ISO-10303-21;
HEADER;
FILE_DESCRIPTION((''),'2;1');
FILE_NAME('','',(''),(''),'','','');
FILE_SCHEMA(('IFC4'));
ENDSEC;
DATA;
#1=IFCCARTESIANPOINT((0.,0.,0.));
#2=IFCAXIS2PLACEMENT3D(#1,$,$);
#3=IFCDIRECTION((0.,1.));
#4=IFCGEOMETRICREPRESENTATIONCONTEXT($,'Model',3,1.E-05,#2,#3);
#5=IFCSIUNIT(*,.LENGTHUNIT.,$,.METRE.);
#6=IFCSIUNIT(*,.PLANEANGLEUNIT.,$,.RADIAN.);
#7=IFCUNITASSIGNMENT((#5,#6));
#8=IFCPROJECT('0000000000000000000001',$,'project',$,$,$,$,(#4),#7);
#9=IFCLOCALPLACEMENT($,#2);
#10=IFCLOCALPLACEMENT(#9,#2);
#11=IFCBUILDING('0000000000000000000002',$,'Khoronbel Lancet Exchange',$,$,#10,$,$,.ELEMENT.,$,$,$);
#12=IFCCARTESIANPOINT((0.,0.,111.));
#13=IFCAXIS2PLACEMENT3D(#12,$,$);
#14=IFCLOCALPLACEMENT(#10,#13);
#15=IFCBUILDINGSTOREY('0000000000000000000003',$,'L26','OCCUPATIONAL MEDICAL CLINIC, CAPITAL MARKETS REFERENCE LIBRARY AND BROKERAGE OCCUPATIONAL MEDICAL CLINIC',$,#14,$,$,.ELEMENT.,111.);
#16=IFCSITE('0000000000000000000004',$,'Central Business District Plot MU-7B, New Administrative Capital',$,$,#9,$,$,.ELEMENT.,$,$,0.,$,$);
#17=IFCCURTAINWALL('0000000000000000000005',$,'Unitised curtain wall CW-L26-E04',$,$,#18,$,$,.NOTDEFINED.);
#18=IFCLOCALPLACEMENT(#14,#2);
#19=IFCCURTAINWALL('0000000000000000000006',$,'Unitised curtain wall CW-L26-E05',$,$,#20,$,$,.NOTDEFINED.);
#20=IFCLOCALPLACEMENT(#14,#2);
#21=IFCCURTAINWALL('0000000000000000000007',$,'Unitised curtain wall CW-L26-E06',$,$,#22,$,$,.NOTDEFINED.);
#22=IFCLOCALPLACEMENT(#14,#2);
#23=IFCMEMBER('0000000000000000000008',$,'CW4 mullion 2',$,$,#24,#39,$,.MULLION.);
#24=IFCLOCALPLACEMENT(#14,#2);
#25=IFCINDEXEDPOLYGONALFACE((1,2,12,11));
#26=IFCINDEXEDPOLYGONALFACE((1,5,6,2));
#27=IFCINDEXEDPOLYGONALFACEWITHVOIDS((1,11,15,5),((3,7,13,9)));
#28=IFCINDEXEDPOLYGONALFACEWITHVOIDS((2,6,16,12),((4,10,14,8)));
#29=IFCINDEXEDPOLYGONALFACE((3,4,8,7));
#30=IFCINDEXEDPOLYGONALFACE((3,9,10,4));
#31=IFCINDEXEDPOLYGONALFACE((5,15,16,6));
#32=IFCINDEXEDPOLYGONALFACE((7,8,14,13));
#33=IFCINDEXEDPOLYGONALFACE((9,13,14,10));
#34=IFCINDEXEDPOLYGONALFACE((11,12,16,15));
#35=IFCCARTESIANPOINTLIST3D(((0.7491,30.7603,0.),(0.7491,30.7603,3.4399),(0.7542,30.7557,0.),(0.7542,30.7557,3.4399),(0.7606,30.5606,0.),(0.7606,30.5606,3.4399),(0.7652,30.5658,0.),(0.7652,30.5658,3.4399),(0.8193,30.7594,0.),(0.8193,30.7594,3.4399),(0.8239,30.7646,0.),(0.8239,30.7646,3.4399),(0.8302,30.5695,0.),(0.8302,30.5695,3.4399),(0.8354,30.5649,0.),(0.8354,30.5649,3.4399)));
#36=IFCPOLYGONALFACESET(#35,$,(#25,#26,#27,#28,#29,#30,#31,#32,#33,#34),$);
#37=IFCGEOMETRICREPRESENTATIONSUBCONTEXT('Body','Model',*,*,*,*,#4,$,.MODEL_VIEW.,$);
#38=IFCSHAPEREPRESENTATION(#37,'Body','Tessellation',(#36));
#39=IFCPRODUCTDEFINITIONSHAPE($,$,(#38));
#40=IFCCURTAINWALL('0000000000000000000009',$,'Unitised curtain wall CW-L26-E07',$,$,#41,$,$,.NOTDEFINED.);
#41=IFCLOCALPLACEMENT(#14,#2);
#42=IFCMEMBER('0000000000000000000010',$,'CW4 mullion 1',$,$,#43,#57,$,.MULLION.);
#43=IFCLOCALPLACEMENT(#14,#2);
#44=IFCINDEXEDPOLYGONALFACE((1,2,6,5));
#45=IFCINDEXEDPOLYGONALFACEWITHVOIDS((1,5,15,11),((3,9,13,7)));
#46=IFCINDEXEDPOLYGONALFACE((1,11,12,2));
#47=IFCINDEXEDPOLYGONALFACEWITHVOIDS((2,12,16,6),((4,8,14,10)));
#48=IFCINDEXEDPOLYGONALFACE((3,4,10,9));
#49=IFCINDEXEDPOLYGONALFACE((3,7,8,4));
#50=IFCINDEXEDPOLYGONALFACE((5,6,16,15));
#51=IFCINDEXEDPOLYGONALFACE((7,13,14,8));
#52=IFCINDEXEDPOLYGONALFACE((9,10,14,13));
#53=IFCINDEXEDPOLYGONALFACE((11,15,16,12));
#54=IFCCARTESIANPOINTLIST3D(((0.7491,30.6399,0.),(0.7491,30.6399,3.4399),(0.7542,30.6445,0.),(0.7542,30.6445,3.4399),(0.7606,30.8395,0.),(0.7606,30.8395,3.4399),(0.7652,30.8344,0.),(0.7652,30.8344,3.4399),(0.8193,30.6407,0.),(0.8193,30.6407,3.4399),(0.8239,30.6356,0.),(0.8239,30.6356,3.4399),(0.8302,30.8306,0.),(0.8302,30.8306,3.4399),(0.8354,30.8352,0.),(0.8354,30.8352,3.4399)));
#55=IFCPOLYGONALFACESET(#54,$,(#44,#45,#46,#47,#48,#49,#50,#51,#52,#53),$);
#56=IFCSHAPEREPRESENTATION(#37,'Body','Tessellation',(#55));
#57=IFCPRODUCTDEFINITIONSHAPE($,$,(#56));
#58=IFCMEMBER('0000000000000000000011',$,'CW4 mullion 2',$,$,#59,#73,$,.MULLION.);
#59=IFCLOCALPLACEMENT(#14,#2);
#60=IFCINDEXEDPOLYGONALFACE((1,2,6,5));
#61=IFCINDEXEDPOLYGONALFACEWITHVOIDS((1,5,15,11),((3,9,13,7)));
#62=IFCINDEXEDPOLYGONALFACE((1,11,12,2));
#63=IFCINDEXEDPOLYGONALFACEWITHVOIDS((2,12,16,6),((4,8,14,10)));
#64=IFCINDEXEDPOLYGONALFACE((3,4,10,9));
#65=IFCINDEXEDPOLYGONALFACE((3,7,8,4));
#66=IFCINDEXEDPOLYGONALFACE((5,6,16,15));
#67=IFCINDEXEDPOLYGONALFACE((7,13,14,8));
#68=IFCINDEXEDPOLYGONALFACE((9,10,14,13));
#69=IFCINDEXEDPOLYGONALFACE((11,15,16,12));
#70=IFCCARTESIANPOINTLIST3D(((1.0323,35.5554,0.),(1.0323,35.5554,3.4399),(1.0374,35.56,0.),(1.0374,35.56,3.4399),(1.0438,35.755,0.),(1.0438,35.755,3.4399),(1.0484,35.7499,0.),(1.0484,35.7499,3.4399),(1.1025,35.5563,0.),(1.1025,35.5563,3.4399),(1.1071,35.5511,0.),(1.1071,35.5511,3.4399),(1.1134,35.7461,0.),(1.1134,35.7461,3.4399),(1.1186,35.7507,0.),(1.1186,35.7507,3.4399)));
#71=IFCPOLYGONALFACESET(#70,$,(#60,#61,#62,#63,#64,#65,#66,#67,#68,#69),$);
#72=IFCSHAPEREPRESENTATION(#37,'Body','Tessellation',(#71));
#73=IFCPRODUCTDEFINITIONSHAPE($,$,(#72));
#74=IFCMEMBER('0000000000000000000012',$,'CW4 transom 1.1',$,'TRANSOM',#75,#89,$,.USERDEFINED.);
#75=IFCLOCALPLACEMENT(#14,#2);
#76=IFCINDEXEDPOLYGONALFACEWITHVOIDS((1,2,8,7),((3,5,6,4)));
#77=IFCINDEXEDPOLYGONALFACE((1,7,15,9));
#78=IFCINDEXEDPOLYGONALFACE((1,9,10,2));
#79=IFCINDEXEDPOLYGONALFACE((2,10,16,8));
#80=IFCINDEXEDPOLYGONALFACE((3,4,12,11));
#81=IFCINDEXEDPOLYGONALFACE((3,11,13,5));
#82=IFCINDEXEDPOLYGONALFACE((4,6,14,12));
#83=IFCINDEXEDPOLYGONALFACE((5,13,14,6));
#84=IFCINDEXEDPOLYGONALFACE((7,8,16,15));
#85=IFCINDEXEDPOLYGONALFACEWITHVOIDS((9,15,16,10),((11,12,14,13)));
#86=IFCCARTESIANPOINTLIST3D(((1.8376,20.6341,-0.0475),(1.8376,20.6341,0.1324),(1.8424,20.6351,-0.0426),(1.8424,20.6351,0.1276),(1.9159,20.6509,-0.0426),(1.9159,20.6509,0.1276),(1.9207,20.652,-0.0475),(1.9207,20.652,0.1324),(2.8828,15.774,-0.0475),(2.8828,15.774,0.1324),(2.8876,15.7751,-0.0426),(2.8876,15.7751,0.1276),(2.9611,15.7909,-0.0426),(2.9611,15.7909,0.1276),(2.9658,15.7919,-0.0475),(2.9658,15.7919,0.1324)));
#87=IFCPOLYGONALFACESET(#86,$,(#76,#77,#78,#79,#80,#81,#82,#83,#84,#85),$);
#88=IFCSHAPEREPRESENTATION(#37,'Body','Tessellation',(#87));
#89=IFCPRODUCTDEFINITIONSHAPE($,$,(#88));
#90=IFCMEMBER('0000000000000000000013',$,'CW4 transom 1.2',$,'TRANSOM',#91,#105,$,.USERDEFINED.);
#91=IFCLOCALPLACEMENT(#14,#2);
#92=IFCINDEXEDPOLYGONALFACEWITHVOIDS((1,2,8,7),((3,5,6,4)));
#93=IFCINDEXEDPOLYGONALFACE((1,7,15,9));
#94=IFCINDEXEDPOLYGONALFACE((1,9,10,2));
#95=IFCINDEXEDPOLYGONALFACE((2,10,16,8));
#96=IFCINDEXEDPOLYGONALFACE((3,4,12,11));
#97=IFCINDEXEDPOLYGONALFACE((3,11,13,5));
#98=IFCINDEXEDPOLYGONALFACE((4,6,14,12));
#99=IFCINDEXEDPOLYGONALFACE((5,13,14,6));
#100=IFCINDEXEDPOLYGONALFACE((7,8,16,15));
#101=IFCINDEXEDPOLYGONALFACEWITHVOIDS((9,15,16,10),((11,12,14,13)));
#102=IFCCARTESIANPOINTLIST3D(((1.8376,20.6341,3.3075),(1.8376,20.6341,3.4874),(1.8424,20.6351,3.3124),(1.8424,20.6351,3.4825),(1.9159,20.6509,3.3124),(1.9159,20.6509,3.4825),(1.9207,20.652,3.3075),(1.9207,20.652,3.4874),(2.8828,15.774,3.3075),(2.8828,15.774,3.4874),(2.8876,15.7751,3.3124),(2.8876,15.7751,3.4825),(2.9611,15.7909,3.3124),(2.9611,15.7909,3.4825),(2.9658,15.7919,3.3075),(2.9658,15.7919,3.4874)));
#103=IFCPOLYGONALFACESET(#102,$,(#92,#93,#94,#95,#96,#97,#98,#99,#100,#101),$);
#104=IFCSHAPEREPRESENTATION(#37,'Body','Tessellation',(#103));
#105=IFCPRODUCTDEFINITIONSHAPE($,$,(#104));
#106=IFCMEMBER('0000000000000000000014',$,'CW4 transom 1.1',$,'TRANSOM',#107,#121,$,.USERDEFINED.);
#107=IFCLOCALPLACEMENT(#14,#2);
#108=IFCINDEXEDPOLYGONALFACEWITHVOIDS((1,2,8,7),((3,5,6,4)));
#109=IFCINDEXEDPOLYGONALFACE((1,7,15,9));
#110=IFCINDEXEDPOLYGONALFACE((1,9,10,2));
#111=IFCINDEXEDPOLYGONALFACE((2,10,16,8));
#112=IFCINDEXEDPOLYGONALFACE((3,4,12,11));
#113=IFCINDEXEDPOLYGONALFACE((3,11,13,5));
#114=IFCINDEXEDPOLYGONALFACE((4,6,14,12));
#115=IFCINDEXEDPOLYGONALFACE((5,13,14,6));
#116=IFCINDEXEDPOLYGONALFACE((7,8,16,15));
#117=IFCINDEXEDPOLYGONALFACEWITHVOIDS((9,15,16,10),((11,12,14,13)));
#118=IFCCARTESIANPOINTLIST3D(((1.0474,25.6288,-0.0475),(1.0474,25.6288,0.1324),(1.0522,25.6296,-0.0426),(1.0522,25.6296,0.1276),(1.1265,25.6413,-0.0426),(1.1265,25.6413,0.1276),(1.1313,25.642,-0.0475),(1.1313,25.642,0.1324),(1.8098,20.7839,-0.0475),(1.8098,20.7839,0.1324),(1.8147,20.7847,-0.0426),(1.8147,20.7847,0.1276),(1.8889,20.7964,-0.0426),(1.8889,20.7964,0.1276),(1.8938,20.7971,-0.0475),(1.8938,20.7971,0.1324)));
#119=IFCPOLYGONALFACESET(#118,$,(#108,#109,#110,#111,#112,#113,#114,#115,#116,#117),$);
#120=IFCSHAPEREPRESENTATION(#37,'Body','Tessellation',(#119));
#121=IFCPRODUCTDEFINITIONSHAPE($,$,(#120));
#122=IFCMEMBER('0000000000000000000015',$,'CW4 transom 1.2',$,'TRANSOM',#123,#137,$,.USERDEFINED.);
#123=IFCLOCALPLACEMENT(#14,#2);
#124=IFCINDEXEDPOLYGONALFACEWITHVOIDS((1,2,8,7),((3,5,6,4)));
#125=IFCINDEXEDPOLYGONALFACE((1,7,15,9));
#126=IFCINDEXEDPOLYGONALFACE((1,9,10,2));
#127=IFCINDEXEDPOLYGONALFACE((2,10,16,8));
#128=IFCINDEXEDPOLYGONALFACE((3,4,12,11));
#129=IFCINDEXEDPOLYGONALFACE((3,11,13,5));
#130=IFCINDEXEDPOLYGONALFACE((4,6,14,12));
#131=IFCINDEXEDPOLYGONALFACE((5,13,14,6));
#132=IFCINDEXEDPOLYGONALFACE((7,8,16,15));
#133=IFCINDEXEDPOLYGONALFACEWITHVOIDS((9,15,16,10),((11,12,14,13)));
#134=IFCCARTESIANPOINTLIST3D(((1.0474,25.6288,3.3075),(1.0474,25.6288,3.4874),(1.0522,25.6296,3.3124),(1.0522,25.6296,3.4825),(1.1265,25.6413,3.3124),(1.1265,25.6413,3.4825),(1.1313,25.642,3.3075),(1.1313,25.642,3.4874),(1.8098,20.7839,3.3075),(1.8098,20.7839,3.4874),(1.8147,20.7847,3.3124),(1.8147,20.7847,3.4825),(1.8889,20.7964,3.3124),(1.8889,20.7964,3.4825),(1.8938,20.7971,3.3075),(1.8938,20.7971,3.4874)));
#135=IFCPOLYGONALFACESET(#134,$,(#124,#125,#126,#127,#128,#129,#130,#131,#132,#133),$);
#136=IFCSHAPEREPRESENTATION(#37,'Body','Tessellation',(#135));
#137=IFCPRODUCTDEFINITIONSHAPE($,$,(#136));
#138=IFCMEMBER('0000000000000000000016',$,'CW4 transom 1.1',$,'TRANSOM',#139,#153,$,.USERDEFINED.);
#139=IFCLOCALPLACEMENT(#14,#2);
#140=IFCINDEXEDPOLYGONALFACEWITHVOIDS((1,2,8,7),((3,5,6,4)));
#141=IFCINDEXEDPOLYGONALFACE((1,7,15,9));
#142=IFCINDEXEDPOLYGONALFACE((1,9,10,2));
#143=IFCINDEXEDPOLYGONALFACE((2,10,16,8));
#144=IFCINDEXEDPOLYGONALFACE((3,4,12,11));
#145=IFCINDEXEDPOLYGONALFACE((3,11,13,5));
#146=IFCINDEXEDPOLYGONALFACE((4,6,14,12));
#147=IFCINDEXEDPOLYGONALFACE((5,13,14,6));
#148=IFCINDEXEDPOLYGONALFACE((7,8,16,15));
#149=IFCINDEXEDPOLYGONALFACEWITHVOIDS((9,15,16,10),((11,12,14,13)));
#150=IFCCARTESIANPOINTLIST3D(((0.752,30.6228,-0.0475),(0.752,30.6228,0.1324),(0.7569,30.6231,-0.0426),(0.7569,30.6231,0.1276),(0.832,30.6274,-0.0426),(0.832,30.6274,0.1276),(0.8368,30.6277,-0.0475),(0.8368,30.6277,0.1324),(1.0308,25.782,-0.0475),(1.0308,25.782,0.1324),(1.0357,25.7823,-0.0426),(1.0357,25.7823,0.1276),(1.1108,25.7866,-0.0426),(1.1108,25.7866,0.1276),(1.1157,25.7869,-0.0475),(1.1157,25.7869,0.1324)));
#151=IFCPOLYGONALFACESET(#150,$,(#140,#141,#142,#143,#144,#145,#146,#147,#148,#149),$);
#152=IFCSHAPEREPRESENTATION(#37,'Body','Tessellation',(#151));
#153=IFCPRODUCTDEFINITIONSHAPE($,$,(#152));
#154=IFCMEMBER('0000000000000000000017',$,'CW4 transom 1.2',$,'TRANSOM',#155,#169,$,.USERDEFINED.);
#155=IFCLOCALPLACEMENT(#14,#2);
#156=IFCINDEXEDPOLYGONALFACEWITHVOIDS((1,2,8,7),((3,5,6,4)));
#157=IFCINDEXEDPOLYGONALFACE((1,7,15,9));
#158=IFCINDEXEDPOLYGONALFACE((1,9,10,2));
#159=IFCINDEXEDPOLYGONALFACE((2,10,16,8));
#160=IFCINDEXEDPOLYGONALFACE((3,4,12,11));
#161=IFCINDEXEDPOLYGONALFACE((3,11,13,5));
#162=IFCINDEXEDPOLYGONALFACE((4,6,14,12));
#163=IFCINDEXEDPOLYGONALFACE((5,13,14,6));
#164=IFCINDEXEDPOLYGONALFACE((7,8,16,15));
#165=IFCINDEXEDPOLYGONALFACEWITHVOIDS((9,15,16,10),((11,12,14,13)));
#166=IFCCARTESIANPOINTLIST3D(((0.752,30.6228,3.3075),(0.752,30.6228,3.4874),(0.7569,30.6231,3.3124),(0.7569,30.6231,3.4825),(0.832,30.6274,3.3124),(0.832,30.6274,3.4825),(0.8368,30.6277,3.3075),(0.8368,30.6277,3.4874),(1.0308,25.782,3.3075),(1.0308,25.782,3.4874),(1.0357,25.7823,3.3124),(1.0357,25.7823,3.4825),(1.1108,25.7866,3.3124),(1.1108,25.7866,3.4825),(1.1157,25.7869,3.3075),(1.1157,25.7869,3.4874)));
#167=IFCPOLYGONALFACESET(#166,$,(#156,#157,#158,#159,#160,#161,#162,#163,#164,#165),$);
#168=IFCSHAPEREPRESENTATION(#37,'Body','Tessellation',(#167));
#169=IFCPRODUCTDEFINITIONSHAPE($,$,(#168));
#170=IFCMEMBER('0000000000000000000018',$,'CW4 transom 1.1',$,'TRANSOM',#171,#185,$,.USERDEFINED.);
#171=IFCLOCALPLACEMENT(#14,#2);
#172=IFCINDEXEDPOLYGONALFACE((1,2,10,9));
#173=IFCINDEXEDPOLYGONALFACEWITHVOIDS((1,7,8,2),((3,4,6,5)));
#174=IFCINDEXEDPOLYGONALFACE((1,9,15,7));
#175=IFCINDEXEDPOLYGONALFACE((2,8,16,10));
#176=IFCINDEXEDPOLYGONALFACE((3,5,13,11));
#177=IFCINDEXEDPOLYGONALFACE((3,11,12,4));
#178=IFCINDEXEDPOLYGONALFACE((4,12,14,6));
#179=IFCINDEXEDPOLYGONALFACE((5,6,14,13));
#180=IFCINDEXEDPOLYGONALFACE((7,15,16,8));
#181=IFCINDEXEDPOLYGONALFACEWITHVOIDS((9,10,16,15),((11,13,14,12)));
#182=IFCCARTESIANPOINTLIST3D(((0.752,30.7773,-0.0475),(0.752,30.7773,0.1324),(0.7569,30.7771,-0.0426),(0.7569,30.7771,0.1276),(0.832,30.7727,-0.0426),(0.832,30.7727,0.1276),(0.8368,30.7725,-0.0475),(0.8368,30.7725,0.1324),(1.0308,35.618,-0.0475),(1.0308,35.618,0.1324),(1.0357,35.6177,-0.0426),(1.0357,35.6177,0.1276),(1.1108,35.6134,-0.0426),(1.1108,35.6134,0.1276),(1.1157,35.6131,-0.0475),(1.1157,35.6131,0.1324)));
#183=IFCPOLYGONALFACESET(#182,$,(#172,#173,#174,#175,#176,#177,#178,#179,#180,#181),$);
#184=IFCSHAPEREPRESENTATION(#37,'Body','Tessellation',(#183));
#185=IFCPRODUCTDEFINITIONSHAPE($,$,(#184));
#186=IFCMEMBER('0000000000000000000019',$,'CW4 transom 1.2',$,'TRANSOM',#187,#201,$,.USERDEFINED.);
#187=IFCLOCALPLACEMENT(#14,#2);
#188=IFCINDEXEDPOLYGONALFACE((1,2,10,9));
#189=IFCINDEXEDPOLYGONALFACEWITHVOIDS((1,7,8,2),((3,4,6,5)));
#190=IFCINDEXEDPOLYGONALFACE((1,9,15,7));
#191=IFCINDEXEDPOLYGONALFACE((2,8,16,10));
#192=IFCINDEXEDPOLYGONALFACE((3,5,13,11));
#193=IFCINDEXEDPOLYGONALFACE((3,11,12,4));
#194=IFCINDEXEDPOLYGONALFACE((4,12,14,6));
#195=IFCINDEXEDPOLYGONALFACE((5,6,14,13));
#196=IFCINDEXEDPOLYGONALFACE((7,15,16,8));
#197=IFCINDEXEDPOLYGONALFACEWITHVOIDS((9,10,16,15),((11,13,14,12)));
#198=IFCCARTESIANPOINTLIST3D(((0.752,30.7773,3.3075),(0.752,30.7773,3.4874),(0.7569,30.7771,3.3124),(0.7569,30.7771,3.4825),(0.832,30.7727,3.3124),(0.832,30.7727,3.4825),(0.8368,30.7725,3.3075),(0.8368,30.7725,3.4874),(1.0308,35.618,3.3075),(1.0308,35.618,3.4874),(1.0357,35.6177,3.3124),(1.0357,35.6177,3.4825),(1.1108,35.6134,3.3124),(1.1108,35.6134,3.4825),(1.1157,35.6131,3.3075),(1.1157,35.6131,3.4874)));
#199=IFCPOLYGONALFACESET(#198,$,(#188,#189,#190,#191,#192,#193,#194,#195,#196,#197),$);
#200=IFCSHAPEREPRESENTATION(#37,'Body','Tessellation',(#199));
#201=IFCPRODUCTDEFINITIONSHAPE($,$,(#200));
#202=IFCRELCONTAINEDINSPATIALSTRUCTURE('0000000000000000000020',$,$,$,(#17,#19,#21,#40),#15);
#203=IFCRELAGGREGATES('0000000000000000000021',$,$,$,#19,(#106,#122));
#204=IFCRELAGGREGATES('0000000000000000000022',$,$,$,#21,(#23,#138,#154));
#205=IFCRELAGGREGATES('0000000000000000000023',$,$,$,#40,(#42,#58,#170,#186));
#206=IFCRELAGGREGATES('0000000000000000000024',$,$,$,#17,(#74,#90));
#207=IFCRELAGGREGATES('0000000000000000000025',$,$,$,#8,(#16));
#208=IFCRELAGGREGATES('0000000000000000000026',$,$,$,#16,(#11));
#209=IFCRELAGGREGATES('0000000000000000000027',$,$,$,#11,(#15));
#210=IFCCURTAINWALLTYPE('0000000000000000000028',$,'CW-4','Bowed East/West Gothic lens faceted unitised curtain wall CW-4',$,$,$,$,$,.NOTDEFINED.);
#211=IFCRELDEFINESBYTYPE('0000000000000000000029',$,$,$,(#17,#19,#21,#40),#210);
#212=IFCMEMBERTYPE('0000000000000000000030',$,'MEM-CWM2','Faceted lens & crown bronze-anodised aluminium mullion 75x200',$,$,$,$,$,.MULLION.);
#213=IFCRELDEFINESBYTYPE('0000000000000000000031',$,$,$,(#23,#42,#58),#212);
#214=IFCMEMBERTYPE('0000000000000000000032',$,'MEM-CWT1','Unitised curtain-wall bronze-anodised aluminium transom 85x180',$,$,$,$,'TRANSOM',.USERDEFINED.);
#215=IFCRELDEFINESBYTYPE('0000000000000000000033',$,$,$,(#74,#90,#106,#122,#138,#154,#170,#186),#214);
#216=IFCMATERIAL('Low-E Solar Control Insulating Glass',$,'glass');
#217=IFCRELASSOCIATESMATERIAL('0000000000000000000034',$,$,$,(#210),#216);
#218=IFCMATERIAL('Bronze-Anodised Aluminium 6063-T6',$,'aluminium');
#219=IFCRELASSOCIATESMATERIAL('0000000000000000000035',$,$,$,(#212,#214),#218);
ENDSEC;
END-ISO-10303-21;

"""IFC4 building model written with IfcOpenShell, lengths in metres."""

from ifc_helpers import new_model, si_unit, direction, frame, origin, origin_2d, place, context, subcontext, project, spatial, hollow_rectangle, extrude, material, material_profile, profile_set, type_object, element, aggregate, save


model = new_model("IFC4")

# Units and contexts
model_context = context("Model", 3, precision=1e-05, world=origin(), true_north=direction((0.0, 1.0)))
body_context = subcontext(model_context, "Body", "Model", "MODEL_VIEW")
ifc_project = project(units=[si_unit("LENGTHUNIT", "METRE"), si_unit("PLANEANGLEUNIT", "RADIAN")], contexts=[model_context])

# Site, building, storey
site_placement = place(None, origin())
site = spatial("IfcSite", under=ifc_project, at=site_placement, Name="Central Business District Plot MU-7B, New Administrative Capital", CompositionType="ELEMENT", RefElevation=0.0)
building_placement = place(site_placement, origin())
building = spatial("IfcBuilding", under=site, at=building_placement, Name="Khoronbel Lancet Exchange", CompositionType="ELEMENT")
storey_placement = place(building_placement, frame((0.0, 0.0, 111.0)))
storey = spatial("IfcBuildingStorey", under=building, at=storey_placement, Name="L26", Description="OCCUPATIONAL MEDICAL CLINIC, CAPITAL MARKETS REFERENCE LIBRARY AND BROKERAGE OCCUPATIONAL MEDICAL CLINIC", CompositionType="ELEMENT", Elevation=111.0)

# Curtain walls, members
ifc_material_1 = material(Name="Low-E Solar Control Insulating Glass", Category="glass")
curtain_wall_type = type_object("IfcCurtainWallType", Name="CW-4", Description="Bowed East/West Gothic lens faceted unitised curtain wall CW-4", PredefinedType="NOTDEFINED", material=ifc_material_1)
curtain_wall_1_placement = place(storey_placement, origin())
curtain_wall_1 = element("IfcCurtainWall", 1, at=curtain_wall_1_placement, inside=storey, type_object=curtain_wall_type, Name="Unitised curtain wall CW-L26-E04", PredefinedType="NOTDEFINED")
ifc_material_2 = material(Name="Bronze-Anodised Aluminium 6063-T6", Category="aluminium")
ifc_material_profile_1 = material_profile(ifc_material_2, hollow_rectangle(XDim=0.075, YDim=0.2, WallThickness=0.0049, at=origin_2d()), Name="ALU MULLION 75x200")
ifc_profile_set_1 = profile_set([ifc_material_profile_1], Name="Bronze-Anodised Aluminium 6063-T6")
member_type_1 = type_object("IfcMemberType", Name="MEM-CWM2", Description="Faceted lens & crown bronze-anodised aluminium mullion 75x200", PredefinedType="MULLION", material=ifc_profile_set_1)
curtain_wall_2_placement = place(storey_placement, origin())
curtain_wall_2 = element("IfcCurtainWall", 2, at=curtain_wall_2_placement, inside=storey, type_object=curtain_wall_type, Name="Unitised curtain wall CW-L26-E05", PredefinedType="NOTDEFINED")
curtain_wall_3_placement = place(storey_placement, origin())
curtain_wall_3 = element("IfcCurtainWall", 3, at=curtain_wall_3_placement, inside=storey, type_object=curtain_wall_type, Name="Unitised curtain wall CW-L26-E06", PredefinedType="NOTDEFINED")
member_1_placement = place(storey_placement, frame((0.7922, 30.6626, 0.0), z_axis=(0.0, 0.0, 1.0), x_axis=(-0.998345, -0.057515, 0.0)))
member_1 = element("IfcMember", 4, at=member_1_placement, type_object=member_type_1, Name="CW4 mullion 2", PredefinedType="MULLION", context=body_context, shape_type="SweptSolid", body=[
    extrude(hollow_rectangle(XDim=0.075, YDim=0.2, WallThickness=0.0049, at=origin_2d()), origin(), (0.0, 0.0, 1.0), 3.4399),
])
curtain_wall_4_placement = place(storey_placement, origin())
curtain_wall_4 = element("IfcCurtainWall", 5, at=curtain_wall_4_placement, inside=storey, type_object=curtain_wall_type, Name="Unitised curtain wall CW-L26-E07", PredefinedType="NOTDEFINED")
member_2_placement = place(storey_placement, frame((0.7922, 30.7375, 0.0), z_axis=(0.0, 0.0, 1.0), x_axis=(-0.998345, 0.057515, 0.0)))
member_2 = element("IfcMember", 6, at=member_2_placement, type_object=member_type_1, Name="CW4 mullion 1", PredefinedType="MULLION", context=body_context, shape_type="SweptSolid", body=[
    extrude(hollow_rectangle(XDim=0.075, YDim=0.2, WallThickness=0.0049, at=origin_2d()), origin(), (0.0, 0.0, 1.0), 3.4399),
])
member_3_placement = place(storey_placement, frame((1.0754, 35.6531, 0.0), z_axis=(0.0, 0.0, 1.0), x_axis=(-0.998345, 0.057515, 0.0)))
member_3 = element("IfcMember", 7, at=member_3_placement, type_object=member_type_1, Name="CW4 mullion 2", PredefinedType="MULLION", context=body_context, shape_type="SweptSolid", body=[
    extrude(hollow_rectangle(XDim=0.075, YDim=0.2, WallThickness=0.0049, at=origin_2d()), origin(), (0.0, 0.0, 1.0), 3.4399),
])

# Members
ifc_material_profile_2 = material_profile(ifc_material_2, hollow_rectangle(XDim=0.085, YDim=0.1799, WallThickness=0.0049, at=origin_2d()), Name="ALU TRANSOM 85x180")
ifc_profile_set_2 = profile_set([ifc_material_profile_2], Name="Bronze-Anodised Aluminium 6063-T6")
member_type_2 = type_object("IfcMemberType", Name="MEM-CWT1", Description="Unitised curtain-wall bronze-anodised aluminium transom 85x180", ElementType="TRANSOM", PredefinedType="USERDEFINED", material=ifc_profile_set_2)
member_4_placement = place(storey_placement, frame((2.9243, 15.783, 0.0425), z_axis=(-0.210243, 0.977649, 0.0), x_axis=(-0.977649, -0.210243, 0.0)))
member_4 = element("IfcMember", 8, at=member_4_placement, type_object=member_type_2, Name="CW4 transom 1.1", ObjectType="TRANSOM", PredefinedType="USERDEFINED", context=body_context, shape_type="SweptSolid", body=[
    extrude(hollow_rectangle(XDim=0.085, YDim=0.1799, WallThickness=0.0049, at=origin_2d()), origin(), (0.0, 0.0, 1.0), 4.9712),
])
member_5_placement = place(storey_placement, frame((2.9243, 15.783, 3.3975), z_axis=(-0.210243, 0.977649, 0.0), x_axis=(-0.977649, -0.210243, 0.0)))
member_5 = element("IfcMember", 9, at=member_5_placement, type_object=member_type_2, Name="CW4 transom 1.2", ObjectType="TRANSOM", PredefinedType="USERDEFINED", context=body_context, shape_type="SweptSolid", body=[
    extrude(hollow_rectangle(XDim=0.085, YDim=0.1799, WallThickness=0.0049, at=origin_2d()), origin(), (0.0, 0.0, 1.0), 4.9712),
])
member_6_placement = place(storey_placement, frame((1.8518, 20.7905, 0.0425), z_axis=(-0.155456, 0.987843, 0.0), x_axis=(-0.987843, -0.155456, 0.0)))
member_6 = element("IfcMember", 10, at=member_6_placement, type_object=member_type_2, Name="CW4 transom 1.1", ObjectType="TRANSOM", PredefinedType="USERDEFINED", context=body_context, shape_type="SweptSolid", body=[
    extrude(hollow_rectangle(XDim=0.085, YDim=0.1799, WallThickness=0.0049, at=origin_2d()), origin(), (0.0, 0.0, 1.0), 4.9045),
])
member_7_placement = place(storey_placement, frame((1.8518, 20.7905, 3.3975), z_axis=(-0.155456, 0.987843, 0.0), x_axis=(-0.987843, -0.155456, 0.0)))
member_7 = element("IfcMember", 11, at=member_7_placement, type_object=member_type_2, Name="CW4 transom 1.2", ObjectType="TRANSOM", PredefinedType="USERDEFINED", context=body_context, shape_type="SweptSolid", body=[
    extrude(hollow_rectangle(XDim=0.085, YDim=0.1799, WallThickness=0.0049, at=origin_2d()), origin(), (0.0, 0.0, 1.0), 4.9045),
])
member_8_placement = place(storey_placement, frame((1.0732, 25.7844, 0.0425), z_axis=(-0.0575, 0.998346, 0.0), x_axis=(-0.998346, -0.0575, 0.0)))
member_8 = element("IfcMember", 12, at=member_8_placement, type_object=member_type_2, Name="CW4 transom 1.1", ObjectType="TRANSOM", PredefinedType="USERDEFINED", context=body_context, shape_type="SweptSolid", body=[
    extrude(hollow_rectangle(XDim=0.085, YDim=0.1799, WallThickness=0.0049, at=origin_2d()), origin(), (0.0, 0.0, 1.0), 4.8489),
])
member_9_placement = place(storey_placement, frame((1.0732, 25.7844, 3.3975), z_axis=(-0.0575, 0.998346, 0.0), x_axis=(-0.998346, -0.0575, 0.0)))
member_9 = element("IfcMember", 13, at=member_9_placement, type_object=member_type_2, Name="CW4 transom 1.2", ObjectType="TRANSOM", PredefinedType="USERDEFINED", context=body_context, shape_type="SweptSolid", body=[
    extrude(hollow_rectangle(XDim=0.085, YDim=0.1799, WallThickness=0.0049, at=origin_2d()), origin(), (0.0, 0.0, 1.0), 4.8489),
])
member_10_placement = place(storey_placement, frame((0.7944, 30.7749, 0.0425), z_axis=(0.057503, 0.998345, 0.0), x_axis=(-0.998345, 0.057503, 0.0)))
member_10 = element("IfcMember", 14, at=member_10_placement, type_object=member_type_2, Name="CW4 transom 1.1", ObjectType="TRANSOM", PredefinedType="USERDEFINED", context=body_context, shape_type="SweptSolid", body=[
    extrude(hollow_rectangle(XDim=0.085, YDim=0.1799, WallThickness=0.0049, at=origin_2d()), origin(), (0.0, 0.0, 1.0), 4.8486),
])
member_11_placement = place(storey_placement, frame((0.7944, 30.7749, 3.3975), z_axis=(0.057503, 0.998345, 0.0), x_axis=(-0.998345, 0.057503, 0.0)))
member_11 = element("IfcMember", 15, at=member_11_placement, type_object=member_type_2, Name="CW4 transom 1.2", ObjectType="TRANSOM", PredefinedType="USERDEFINED", context=body_context, shape_type="SweptSolid", body=[
    extrude(hollow_rectangle(XDim=0.085, YDim=0.1799, WallThickness=0.0049, at=origin_2d()), origin(), (0.0, 0.0, 1.0), 4.8486),
])

aggregate(curtain_wall_2, [member_6, member_7])
aggregate(curtain_wall_3, [member_1, member_8, member_9])
aggregate(curtain_wall_4, [member_2, member_3, member_10, member_11])
aggregate(curtain_wall_1, [member_4, member_5])

save(model, "model.ifc")
